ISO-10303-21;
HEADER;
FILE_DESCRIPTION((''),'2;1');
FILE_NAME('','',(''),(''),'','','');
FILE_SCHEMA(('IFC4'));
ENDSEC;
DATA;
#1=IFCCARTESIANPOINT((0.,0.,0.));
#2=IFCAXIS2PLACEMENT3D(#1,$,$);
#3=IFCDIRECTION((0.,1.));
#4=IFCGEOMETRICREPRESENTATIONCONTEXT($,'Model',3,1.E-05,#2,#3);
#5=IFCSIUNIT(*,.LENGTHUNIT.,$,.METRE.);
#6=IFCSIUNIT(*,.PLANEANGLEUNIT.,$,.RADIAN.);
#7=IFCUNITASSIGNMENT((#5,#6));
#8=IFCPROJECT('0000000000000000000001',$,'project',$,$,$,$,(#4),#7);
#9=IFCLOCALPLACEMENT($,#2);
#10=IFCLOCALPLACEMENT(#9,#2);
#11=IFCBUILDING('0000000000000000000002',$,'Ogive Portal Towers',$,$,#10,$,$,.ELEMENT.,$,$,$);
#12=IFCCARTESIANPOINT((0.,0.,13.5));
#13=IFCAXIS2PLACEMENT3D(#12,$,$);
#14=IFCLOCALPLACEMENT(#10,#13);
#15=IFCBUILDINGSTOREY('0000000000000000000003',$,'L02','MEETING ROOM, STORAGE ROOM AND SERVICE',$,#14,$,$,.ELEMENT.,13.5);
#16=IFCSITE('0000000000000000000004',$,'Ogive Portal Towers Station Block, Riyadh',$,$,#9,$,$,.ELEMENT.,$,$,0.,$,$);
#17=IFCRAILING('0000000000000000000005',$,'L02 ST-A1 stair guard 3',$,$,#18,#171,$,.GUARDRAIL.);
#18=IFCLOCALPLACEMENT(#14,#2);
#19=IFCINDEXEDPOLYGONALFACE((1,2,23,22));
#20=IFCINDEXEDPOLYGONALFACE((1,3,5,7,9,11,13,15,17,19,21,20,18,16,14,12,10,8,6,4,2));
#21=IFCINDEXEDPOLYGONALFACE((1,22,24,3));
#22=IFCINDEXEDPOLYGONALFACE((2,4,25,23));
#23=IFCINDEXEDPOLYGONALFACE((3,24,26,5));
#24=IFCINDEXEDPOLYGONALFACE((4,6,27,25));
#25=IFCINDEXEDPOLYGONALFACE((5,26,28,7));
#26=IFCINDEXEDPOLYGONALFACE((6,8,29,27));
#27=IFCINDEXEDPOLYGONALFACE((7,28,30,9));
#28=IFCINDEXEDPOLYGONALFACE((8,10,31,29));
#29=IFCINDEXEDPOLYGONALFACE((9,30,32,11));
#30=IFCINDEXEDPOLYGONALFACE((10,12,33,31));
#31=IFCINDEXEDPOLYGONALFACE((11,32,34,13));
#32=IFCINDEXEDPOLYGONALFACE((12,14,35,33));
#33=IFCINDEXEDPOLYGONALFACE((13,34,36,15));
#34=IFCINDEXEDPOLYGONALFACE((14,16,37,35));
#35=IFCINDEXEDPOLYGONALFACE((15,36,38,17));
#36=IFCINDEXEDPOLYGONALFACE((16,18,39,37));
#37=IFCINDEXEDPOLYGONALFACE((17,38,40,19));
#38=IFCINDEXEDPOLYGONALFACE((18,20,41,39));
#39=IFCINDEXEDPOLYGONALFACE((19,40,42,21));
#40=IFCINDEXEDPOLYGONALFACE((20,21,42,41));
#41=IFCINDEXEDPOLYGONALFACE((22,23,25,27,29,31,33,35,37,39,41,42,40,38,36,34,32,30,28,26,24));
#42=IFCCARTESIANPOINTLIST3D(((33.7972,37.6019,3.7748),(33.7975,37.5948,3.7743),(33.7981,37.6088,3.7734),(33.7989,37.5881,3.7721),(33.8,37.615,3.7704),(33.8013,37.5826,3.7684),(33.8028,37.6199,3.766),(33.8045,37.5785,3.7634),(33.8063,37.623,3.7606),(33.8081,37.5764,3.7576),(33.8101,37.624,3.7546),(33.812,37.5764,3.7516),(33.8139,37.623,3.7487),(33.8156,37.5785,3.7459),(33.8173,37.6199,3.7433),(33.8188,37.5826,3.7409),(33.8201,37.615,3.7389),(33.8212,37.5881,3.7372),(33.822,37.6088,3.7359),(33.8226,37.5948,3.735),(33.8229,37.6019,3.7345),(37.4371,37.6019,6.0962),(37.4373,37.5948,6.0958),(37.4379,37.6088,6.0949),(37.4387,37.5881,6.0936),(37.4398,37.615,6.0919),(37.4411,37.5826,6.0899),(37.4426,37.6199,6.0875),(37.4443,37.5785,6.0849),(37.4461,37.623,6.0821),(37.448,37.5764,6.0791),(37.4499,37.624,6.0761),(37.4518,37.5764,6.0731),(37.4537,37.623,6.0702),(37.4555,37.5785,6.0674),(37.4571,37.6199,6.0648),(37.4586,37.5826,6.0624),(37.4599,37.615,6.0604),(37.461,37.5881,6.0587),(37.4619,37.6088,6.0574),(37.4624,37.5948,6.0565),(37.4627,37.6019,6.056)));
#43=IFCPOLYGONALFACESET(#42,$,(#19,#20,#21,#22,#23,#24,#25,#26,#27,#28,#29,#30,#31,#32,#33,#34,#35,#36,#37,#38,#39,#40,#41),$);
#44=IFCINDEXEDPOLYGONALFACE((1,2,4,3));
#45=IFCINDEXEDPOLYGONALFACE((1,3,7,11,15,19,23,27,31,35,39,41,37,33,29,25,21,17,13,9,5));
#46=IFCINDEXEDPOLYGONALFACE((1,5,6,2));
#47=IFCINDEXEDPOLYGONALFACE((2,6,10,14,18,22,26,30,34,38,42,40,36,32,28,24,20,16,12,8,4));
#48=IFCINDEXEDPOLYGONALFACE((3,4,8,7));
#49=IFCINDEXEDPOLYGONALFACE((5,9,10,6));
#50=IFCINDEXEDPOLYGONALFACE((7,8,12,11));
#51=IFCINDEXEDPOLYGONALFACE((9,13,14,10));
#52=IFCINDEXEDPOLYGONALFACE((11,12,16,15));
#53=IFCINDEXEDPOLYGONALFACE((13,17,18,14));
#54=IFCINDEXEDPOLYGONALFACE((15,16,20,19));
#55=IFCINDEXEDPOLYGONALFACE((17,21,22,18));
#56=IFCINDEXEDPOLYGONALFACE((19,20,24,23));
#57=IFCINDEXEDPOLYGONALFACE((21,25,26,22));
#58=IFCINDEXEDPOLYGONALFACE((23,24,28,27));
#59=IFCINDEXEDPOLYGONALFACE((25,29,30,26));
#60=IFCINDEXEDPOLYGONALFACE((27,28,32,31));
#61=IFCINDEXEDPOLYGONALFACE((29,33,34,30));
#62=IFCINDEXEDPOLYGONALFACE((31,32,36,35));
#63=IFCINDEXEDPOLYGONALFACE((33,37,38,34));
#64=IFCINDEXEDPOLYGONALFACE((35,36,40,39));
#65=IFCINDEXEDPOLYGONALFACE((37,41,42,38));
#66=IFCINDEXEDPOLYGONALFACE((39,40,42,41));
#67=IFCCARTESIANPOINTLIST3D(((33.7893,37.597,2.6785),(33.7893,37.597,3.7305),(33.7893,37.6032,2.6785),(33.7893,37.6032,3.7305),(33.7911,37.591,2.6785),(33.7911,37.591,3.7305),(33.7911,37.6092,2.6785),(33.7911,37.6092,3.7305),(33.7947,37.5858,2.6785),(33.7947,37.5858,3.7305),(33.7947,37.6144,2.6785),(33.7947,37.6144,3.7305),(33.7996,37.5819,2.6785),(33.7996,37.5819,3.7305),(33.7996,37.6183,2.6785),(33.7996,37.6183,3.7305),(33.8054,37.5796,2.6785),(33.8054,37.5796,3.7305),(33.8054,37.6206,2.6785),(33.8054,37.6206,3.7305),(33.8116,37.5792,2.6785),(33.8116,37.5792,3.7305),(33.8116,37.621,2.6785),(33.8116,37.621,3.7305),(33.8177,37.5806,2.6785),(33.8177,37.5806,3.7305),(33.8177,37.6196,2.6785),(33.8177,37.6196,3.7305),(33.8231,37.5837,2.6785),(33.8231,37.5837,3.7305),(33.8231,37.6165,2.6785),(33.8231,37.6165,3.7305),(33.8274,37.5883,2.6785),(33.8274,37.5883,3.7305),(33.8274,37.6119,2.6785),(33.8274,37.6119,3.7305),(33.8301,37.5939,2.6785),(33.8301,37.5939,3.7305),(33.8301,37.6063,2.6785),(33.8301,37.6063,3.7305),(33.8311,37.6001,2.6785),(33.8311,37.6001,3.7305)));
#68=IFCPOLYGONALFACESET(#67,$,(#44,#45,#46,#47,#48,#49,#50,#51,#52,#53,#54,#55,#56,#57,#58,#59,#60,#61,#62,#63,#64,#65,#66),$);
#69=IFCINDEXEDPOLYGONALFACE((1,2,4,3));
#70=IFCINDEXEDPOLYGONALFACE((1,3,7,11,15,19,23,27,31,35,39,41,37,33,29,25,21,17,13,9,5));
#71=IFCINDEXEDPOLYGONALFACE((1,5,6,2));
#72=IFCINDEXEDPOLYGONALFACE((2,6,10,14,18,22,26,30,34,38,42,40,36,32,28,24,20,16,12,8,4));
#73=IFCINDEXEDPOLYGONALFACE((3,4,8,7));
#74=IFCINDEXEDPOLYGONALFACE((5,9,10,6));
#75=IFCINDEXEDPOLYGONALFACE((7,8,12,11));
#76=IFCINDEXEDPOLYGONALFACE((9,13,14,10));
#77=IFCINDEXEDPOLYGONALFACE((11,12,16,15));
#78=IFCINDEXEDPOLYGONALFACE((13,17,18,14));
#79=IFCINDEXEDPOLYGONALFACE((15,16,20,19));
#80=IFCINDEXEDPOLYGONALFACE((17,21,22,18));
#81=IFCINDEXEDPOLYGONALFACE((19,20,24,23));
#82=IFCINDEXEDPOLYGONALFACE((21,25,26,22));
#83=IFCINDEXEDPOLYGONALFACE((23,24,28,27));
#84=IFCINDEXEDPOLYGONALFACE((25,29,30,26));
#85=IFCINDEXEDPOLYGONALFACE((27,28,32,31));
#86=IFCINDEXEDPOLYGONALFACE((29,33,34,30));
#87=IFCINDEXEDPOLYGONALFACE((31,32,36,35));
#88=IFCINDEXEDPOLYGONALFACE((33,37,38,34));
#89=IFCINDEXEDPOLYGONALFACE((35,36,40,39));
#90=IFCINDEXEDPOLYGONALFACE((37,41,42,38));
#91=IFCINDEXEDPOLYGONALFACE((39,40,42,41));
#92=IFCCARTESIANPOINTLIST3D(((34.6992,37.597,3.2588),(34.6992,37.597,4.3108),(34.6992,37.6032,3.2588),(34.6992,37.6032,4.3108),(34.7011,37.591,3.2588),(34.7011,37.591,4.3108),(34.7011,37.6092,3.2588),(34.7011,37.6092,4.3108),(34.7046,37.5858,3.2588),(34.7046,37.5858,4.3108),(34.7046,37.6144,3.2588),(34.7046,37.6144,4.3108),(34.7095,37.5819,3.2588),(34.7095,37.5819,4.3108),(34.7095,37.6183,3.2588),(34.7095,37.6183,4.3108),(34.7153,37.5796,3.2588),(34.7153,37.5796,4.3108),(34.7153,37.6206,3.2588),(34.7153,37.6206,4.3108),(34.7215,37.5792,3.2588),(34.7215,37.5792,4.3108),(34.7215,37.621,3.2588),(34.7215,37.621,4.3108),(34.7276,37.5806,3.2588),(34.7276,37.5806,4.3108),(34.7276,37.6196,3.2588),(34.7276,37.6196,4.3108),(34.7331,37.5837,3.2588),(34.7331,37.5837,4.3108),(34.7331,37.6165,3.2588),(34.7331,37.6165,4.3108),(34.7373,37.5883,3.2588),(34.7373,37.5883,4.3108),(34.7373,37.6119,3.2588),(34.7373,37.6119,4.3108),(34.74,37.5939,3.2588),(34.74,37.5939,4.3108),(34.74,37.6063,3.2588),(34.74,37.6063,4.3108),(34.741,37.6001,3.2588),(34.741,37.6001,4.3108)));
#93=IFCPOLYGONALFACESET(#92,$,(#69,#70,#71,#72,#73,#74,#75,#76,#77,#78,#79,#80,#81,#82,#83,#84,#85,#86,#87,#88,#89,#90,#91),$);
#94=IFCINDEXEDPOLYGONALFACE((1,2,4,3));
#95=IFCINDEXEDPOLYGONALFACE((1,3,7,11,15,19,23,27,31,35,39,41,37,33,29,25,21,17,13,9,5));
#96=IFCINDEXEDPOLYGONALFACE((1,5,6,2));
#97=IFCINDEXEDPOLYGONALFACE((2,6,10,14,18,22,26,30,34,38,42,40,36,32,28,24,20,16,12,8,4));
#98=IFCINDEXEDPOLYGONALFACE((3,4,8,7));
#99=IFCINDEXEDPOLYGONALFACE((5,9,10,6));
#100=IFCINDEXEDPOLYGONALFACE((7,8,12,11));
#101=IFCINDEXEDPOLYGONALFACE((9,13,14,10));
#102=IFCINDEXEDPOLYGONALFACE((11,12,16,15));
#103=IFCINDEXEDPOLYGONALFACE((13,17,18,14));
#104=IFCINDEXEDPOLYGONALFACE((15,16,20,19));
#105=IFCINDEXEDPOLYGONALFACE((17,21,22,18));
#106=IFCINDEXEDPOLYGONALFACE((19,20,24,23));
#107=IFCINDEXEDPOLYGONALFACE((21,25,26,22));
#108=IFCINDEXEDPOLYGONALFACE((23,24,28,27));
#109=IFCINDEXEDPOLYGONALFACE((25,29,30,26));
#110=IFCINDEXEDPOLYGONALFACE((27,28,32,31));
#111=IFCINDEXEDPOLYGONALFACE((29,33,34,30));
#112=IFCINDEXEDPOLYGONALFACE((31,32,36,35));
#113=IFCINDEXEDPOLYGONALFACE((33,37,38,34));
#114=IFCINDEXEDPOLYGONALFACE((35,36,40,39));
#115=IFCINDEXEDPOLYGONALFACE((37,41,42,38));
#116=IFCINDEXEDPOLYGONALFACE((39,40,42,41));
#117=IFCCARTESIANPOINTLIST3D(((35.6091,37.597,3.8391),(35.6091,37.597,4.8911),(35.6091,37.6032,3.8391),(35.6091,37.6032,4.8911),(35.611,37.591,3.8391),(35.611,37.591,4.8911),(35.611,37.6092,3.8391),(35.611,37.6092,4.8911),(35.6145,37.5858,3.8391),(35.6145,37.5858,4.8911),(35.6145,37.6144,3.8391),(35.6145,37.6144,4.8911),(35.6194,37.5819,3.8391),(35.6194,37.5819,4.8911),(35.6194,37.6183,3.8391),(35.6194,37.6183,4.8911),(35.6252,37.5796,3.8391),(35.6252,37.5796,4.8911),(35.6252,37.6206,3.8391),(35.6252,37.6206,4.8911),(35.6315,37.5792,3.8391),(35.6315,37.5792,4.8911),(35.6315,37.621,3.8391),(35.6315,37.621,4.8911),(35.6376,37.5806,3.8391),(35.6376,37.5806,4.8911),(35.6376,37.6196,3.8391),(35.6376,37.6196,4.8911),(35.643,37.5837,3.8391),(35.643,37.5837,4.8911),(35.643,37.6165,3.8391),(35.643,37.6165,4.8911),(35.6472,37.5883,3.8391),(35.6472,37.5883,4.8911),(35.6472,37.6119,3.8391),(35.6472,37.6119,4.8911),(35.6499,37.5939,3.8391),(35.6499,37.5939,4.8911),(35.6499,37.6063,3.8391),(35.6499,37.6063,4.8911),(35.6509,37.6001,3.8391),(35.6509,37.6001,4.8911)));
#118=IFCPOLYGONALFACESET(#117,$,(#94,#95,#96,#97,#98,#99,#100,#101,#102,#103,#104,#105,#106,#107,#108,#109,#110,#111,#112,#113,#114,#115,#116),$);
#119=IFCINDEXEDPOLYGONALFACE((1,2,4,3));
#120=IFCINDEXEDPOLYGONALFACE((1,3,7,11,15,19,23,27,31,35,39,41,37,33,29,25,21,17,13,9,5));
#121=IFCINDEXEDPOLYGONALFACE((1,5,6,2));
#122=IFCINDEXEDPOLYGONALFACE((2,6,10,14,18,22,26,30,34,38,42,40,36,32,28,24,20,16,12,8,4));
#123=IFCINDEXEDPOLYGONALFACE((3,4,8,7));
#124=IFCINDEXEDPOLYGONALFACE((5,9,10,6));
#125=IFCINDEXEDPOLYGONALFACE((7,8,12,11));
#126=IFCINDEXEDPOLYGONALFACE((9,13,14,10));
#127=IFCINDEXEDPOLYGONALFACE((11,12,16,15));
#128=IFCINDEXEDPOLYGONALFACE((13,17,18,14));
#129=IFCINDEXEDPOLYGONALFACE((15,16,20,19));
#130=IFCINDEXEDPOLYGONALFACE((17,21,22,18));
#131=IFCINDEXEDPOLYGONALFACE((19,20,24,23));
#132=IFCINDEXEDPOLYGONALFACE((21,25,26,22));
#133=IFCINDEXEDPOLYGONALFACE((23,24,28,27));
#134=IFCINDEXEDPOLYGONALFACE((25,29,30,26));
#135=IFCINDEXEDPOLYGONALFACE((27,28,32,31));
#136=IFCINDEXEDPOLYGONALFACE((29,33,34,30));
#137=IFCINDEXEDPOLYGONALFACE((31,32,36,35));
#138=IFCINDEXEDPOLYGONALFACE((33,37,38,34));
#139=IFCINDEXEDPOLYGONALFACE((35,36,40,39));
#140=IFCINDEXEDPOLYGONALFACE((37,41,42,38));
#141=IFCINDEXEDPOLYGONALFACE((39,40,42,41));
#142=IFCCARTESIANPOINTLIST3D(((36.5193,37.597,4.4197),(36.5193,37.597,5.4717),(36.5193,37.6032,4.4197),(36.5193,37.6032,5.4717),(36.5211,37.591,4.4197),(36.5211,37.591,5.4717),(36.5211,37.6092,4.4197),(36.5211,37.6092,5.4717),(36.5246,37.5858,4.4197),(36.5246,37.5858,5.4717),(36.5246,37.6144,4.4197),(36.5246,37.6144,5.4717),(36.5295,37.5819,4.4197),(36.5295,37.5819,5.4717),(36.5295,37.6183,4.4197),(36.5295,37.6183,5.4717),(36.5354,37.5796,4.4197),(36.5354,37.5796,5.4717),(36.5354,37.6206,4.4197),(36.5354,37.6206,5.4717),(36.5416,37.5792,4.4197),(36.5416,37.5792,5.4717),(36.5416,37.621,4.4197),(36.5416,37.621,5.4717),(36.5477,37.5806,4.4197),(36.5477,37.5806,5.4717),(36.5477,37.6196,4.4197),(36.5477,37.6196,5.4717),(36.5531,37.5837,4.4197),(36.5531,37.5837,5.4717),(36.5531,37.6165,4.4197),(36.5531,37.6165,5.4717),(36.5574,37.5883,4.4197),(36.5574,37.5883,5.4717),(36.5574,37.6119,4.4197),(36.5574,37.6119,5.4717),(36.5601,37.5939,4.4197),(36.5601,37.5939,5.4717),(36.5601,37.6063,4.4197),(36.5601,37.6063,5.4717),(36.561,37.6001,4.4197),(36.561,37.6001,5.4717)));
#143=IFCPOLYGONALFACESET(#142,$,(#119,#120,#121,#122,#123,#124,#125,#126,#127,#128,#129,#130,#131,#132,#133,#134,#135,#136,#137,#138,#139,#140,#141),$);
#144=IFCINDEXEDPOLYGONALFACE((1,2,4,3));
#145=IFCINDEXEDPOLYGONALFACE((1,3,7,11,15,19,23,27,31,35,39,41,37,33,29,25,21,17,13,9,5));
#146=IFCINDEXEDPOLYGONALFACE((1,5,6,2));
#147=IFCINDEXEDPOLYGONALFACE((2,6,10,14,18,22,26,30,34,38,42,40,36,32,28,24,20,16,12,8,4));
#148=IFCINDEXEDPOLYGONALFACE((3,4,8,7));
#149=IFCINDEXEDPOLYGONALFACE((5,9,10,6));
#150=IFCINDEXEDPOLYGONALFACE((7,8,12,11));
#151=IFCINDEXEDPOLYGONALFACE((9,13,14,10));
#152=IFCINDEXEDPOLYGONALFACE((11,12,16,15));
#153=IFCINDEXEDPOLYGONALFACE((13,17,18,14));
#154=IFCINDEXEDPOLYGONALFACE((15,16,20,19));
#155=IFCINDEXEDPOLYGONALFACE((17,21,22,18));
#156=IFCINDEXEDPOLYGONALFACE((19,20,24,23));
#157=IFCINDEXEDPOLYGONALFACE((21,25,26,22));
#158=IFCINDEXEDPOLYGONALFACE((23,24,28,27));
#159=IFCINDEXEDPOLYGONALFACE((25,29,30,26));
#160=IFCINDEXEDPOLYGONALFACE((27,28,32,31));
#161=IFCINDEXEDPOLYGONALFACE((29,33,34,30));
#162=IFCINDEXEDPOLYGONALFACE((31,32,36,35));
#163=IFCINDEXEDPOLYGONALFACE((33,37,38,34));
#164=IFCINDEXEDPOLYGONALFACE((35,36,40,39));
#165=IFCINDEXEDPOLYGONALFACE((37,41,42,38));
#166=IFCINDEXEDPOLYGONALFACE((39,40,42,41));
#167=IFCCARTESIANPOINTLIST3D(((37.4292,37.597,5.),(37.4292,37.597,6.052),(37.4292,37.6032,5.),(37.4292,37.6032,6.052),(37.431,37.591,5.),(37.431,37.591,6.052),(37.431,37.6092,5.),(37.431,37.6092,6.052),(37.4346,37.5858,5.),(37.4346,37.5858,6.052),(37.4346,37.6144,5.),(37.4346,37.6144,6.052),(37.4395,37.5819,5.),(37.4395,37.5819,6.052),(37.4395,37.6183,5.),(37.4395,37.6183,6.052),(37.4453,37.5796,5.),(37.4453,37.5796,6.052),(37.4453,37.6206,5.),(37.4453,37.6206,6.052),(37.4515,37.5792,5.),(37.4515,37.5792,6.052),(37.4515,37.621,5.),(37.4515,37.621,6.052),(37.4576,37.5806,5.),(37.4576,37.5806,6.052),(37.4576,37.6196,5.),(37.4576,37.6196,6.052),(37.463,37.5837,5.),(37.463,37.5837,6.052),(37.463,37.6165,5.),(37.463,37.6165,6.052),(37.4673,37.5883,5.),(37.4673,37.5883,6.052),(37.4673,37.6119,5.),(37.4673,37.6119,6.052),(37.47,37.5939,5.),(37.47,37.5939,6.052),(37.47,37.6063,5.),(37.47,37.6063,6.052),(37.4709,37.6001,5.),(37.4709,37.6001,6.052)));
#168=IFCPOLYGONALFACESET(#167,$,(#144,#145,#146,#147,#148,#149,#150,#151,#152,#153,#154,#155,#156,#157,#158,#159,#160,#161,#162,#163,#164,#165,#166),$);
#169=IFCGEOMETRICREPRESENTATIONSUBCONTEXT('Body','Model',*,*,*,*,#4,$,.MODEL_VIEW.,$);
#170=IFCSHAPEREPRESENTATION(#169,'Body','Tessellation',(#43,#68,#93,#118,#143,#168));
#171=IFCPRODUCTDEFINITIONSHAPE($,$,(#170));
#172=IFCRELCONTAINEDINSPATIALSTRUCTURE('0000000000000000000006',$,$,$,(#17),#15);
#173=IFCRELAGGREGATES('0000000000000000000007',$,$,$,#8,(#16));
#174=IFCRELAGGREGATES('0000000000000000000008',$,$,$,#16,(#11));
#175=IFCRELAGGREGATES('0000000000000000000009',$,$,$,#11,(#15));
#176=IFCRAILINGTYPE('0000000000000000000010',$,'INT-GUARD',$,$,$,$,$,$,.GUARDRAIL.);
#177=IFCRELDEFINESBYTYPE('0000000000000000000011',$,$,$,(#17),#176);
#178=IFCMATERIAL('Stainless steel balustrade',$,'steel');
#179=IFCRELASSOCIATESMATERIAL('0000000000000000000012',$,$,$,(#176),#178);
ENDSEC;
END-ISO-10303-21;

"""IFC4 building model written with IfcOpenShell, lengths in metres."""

from ifc_helpers import new_model, si_unit, direction, frame, origin, origin_2d, place, context, subcontext, project, spatial, circle, extrude, material, type_object, element, save


model = new_model("IFC4")

# Units and contexts
model_context = context("Model", 3, precision=1e-05, world=origin(), true_north=direction((0.0, 1.0)))
body_context = subcontext(model_context, "Body", "Model", "MODEL_VIEW")
ifc_project = project(units=[si_unit("LENGTHUNIT", "METRE"), si_unit("PLANEANGLEUNIT", "RADIAN")], contexts=[model_context])

# Site, building, storey
site_placement = place(None, origin())
site = spatial("IfcSite", under=ifc_project, at=site_placement, Name="Ogive Portal Towers Station Block, Riyadh", CompositionType="ELEMENT", RefElevation=0.0)
building_placement = place(site_placement, origin())
building = spatial("IfcBuilding", under=site, at=building_placement, Name="Ogive Portal Towers", CompositionType="ELEMENT")
storey_placement = place(building_placement, frame((0.0, 0.0, 13.5)))
storey = spatial("IfcBuildingStorey", under=building, at=storey_placement, Name="L02", Description="MEETING ROOM, STORAGE ROOM AND SERVICE", CompositionType="ELEMENT", Elevation=13.5)

# Railing
ifc_material_1 = material(Name="Stainless steel balustrade", Category="steel")
railing_type_1 = type_object("IfcRailingType", Name="INT-GUARD", PredefinedType="GUARDRAIL", material=ifc_material_1)
railing_1_placement = place(storey_placement, frame((33.8101, 37.6001, 2.6785)))
element("IfcRailing", 1, at=railing_1_placement, inside=storey, type_object=railing_type_1, Name="L02 ST-A1 stair guard 3", PredefinedType="GUARDRAIL", context=body_context, shape_type="SweptSolid", body=[
    extrude(circle(Radius=0.0239, at=origin_2d()), frame((0.0, 0.0, 1.0762), z_axis=(0.843112, 0.0, 0.537739), x_axis=(0.0, 1.0, 0.0)), (0.0, 0.0, 1.0), 4.3171),
    extrude(circle(Radius=0.021, at=origin_2d()), origin(), (0.0, 0.0, 1.0), 1.052),
    extrude(circle(Radius=0.021, at=origin_2d()), frame((0.9099, 0.0, 0.5803)), (0.0, 0.0, 1.0), 1.052),
    extrude(circle(Radius=0.021, at=origin_2d()), frame((1.8198, 0.0, 1.1606)), (0.0, 0.0, 1.0), 1.052),
    extrude(circle(Radius=0.021, at=origin_2d()), frame((2.73, 0.0, 1.7412)), (0.0, 0.0, 1.0), 1.052),
    extrude(circle(Radius=0.021, at=origin_2d()), frame((3.6399, 0.0, 2.3215)), (0.0, 0.0, 1.0), 1.052),
])

save(model, "model.ifc")
